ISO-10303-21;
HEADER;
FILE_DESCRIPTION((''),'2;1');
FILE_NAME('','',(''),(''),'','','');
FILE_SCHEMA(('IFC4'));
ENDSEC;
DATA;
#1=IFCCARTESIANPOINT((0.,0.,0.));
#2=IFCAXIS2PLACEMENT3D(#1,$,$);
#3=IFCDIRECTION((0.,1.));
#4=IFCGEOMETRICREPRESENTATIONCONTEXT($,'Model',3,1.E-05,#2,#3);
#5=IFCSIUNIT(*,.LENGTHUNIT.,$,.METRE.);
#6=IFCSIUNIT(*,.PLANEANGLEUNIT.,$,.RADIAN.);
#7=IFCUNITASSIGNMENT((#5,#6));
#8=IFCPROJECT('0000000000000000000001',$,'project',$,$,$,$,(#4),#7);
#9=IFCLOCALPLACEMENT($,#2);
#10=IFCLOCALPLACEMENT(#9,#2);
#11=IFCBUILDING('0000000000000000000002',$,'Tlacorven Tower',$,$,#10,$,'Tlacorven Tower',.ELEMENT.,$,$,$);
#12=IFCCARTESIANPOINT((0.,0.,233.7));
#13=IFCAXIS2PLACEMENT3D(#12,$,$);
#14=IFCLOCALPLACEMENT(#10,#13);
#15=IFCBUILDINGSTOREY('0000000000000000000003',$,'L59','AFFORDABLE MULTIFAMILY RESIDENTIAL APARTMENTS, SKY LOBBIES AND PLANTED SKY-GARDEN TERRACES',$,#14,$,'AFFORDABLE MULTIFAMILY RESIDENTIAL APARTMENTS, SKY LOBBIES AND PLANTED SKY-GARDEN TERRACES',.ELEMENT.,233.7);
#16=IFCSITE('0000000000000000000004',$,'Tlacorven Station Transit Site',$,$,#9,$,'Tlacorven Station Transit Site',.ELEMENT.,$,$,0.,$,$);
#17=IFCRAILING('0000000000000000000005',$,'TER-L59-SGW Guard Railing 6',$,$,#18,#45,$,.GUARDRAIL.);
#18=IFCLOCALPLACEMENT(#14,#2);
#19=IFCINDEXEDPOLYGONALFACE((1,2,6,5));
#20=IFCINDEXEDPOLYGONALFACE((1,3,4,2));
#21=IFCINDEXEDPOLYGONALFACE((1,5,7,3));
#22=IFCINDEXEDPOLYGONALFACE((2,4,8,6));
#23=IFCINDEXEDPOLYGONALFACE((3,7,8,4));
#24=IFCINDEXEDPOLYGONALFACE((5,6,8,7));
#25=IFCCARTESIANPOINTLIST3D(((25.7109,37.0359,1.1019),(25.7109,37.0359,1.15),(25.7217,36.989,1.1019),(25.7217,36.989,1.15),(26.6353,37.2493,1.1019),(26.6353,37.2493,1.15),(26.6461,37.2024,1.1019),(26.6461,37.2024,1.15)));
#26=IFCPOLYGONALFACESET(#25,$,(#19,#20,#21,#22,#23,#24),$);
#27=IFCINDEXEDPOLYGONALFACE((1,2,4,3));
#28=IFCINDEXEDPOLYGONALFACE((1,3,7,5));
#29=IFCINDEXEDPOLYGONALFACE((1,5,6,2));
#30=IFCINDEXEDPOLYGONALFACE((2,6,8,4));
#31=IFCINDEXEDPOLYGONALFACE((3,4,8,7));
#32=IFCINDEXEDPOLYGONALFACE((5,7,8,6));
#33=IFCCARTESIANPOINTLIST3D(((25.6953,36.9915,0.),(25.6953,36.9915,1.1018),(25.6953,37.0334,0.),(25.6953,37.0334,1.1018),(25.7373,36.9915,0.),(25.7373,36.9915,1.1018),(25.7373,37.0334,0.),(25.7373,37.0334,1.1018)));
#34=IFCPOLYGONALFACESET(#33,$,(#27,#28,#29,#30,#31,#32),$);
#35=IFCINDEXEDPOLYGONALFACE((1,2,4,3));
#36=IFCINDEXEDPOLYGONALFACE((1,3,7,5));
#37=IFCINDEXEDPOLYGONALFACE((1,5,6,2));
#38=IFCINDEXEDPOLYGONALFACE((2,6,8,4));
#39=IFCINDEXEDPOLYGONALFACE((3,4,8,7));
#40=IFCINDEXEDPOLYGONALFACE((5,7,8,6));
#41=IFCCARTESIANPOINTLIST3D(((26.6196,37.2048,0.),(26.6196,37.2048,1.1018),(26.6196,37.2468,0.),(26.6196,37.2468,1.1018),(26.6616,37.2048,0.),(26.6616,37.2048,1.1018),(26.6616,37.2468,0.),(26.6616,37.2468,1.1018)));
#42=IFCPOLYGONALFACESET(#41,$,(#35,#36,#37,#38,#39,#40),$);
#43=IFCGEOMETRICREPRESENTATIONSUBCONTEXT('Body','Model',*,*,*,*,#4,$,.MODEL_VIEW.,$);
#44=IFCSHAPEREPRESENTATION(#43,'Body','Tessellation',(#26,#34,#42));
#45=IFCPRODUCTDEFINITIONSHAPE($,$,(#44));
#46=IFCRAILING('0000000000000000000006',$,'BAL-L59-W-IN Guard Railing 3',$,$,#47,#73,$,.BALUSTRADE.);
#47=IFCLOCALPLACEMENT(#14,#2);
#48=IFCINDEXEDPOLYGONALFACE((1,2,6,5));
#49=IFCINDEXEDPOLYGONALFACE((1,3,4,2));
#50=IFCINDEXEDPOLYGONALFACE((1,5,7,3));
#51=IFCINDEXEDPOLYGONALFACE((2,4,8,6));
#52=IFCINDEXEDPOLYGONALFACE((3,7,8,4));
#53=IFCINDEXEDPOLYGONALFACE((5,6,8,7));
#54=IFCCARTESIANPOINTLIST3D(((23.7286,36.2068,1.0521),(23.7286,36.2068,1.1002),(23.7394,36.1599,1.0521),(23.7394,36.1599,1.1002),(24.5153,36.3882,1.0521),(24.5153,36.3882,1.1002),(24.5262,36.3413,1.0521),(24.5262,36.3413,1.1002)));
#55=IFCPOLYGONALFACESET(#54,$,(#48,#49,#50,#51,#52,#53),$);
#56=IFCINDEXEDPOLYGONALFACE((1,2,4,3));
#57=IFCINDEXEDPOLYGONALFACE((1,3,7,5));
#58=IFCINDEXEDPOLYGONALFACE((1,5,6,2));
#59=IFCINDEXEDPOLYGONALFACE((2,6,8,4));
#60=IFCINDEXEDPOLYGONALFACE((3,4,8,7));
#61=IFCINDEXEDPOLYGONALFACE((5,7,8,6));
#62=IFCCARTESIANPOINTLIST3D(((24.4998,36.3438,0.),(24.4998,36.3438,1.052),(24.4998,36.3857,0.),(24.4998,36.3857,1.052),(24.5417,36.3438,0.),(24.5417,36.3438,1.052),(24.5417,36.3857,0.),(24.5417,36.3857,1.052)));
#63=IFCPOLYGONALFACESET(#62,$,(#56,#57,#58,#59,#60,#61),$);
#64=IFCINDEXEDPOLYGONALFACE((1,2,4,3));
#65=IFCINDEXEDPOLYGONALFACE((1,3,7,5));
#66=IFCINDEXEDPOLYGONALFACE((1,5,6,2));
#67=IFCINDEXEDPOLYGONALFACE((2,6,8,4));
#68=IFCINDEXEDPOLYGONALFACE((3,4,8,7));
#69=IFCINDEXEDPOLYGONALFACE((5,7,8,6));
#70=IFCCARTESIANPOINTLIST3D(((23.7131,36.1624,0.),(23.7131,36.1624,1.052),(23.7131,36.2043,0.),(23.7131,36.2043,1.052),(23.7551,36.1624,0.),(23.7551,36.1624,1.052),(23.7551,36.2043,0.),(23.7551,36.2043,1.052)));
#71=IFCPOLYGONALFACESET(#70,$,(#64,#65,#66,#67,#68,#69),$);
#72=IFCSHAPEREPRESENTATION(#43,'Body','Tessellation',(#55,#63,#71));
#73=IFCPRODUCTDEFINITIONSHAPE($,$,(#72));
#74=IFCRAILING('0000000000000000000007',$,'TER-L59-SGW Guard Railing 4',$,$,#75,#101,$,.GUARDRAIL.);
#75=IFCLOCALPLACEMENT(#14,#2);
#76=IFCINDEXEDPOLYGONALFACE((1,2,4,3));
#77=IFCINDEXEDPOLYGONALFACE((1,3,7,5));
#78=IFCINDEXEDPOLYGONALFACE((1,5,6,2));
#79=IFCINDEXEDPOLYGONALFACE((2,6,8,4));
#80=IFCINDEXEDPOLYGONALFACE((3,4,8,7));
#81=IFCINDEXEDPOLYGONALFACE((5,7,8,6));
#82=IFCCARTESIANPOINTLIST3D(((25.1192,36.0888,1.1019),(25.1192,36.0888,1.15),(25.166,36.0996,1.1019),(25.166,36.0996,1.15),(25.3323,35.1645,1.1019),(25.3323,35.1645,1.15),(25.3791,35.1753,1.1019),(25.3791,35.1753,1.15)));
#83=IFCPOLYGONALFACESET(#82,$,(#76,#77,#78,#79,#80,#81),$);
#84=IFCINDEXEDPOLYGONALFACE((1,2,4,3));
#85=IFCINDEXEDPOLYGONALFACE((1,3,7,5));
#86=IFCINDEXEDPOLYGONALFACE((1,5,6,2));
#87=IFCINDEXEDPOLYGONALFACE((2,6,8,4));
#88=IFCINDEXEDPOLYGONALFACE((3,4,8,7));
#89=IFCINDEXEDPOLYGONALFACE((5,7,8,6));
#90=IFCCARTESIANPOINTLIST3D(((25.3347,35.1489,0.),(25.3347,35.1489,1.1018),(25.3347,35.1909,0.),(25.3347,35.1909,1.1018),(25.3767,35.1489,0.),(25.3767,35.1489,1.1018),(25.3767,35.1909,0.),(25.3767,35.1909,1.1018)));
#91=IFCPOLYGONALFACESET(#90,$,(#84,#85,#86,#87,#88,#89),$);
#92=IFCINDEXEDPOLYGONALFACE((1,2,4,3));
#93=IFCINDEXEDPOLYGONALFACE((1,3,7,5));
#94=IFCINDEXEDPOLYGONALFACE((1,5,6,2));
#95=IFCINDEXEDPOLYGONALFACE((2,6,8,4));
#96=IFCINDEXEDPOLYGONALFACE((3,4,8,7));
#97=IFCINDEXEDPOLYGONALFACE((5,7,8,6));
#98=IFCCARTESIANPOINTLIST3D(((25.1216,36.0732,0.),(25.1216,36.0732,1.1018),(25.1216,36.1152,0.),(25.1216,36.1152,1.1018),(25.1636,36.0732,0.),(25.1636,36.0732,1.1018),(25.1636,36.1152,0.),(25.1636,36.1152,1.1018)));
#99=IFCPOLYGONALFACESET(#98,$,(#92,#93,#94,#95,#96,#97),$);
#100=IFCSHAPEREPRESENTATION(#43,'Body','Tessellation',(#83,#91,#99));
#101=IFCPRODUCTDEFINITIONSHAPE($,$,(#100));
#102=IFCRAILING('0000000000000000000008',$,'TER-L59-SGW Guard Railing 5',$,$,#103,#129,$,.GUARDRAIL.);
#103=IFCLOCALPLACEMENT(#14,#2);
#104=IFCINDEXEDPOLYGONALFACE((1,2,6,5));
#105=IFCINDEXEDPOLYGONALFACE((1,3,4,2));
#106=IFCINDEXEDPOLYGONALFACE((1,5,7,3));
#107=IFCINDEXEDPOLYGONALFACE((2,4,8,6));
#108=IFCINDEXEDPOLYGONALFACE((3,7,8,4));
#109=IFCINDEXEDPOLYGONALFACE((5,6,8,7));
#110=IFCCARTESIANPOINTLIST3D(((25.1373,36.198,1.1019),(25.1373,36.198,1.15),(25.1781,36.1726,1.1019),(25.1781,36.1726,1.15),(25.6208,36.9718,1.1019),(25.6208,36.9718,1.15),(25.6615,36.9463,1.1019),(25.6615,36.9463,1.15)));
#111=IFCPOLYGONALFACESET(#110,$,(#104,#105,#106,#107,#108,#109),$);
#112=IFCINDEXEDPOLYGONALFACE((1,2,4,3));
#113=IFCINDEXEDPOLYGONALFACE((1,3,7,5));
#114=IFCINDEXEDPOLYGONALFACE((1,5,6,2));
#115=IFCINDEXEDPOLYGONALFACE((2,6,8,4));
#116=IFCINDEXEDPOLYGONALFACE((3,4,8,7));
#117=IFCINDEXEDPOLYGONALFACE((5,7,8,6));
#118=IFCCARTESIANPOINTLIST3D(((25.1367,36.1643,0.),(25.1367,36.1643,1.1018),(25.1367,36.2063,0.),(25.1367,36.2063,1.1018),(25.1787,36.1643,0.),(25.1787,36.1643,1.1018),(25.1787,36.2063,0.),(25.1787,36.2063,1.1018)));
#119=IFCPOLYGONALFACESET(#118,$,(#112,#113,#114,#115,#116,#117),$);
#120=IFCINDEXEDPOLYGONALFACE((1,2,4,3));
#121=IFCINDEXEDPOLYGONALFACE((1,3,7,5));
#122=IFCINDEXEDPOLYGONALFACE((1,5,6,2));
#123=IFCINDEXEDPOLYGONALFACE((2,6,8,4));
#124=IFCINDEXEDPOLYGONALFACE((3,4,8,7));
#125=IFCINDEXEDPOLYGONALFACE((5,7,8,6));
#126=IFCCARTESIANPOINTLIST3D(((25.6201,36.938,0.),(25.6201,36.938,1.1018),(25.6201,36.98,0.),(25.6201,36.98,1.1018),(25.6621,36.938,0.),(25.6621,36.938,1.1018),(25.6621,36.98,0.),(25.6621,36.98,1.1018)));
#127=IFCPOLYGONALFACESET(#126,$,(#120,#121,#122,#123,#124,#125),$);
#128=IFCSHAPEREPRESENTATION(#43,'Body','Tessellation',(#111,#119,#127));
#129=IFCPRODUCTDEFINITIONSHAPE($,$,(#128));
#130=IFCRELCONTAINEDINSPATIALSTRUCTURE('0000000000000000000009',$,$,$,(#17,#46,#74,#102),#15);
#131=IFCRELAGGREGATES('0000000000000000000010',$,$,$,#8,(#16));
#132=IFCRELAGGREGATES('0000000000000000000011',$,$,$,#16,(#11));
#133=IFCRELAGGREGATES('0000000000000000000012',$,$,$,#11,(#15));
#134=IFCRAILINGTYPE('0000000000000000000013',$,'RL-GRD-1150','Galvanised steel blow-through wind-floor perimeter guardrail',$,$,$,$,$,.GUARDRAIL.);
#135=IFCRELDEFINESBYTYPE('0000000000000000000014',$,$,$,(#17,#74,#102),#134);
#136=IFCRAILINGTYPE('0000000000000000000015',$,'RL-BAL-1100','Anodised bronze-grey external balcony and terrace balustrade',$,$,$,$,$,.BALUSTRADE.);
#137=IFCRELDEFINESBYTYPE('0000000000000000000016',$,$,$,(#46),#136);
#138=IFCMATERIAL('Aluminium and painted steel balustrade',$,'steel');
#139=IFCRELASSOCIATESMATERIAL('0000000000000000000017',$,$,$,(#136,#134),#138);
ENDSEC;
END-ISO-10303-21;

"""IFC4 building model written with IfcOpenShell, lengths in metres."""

from ifc_helpers import new_model, si_unit, direction, frame, origin, origin_2d, place, context, subcontext, project, spatial, rectangle, extrude, source, transform, mapped, material, type_object, element, save


model = new_model("IFC4")

# Units and contexts
model_context = context("Model", 3, precision=1e-05, world=origin(), true_north=direction((0.0, 1.0)))
body_context = subcontext(model_context, "Body", "Model", "MODEL_VIEW")
ifc_project = project(units=[si_unit("LENGTHUNIT", "METRE"), si_unit("PLANEANGLEUNIT", "RADIAN")], contexts=[model_context])

# Site, building, storey
site_placement = place(None, origin())
site = spatial("IfcSite", under=ifc_project, at=site_placement, Name="Tlacorven Station Transit Site", LongName="Tlacorven Station Transit Site", CompositionType="ELEMENT", RefElevation=0.0)
building_placement = place(site_placement, origin())
building = spatial("IfcBuilding", under=site, at=building_placement, Name="Tlacorven Tower", LongName="Tlacorven Tower", CompositionType="ELEMENT")
storey_placement = place(building_placement, frame((0.0, 0.0, 233.7)))
storey = spatial("IfcBuildingStorey", under=building, at=storey_placement, Name="L59", Description="AFFORDABLE MULTIFAMILY RESIDENTIAL APARTMENTS, SKY LOBBIES AND PLANTED SKY-GARDEN TERRACES", LongName="AFFORDABLE MULTIFAMILY RESIDENTIAL APARTMENTS, SKY LOBBIES AND PLANTED SKY-GARDEN TERRACES", CompositionType="ELEMENT", Elevation=233.7)

# Railings
ifc_material_1 = material(Name="Aluminium and painted steel balustrade", Category="steel")
railing_type_1 = type_object("IfcRailingType", Name="RL-BAL-1100", Description="Anodised bronze-grey external balcony and terrace balustrade", PredefinedType="BALUSTRADE", material=ifc_material_1)
railing_type_2 = type_object("IfcRailingType", Name="RL-GRD-1150", Description="Galvanised steel blow-through wind-floor perimeter guardrail", PredefinedType="GUARDRAIL", material=ifc_material_1)
shared_shape_1 = source(origin(), body_context, "Body", "SweptSolid", [
    extrude(rectangle(XDim=0.0481, YDim=0.0481, at=origin_2d()), frame((0.0, 0.0, 1.126), z_axis=(0.974374, 0.224935, 0.0), x_axis=(-0.224935, 0.974374, 0.0)), (0.0, 0.0, 1.0), 0.9487),
    extrude(rectangle(XDim=0.042, YDim=0.042, at=origin_2d()), origin(), (0.0, 0.0, 1.0), 1.1018),
    extrude(rectangle(XDim=0.042, YDim=0.042, at=origin_2d()), frame((0.9243, 0.2134, 0.0)), (0.0, 0.0, 1.0), 1.1018),
])
railing_1_placement = place(storey_placement, frame((25.7163, 37.0125, 0.0)))
element("IfcRailing", 1, at=railing_1_placement, inside=storey, type_object=railing_type_2, Name="TER-L59-SGW Guard Railing 6", PredefinedType="GUARDRAIL", context=body_context, shape_type="MappedRepresentation", body=[
    mapped(shared_shape_1, transform((0.0, 0.0, 0.0), scale=1.0)),
])
shared_shape_2 = source(origin(), body_context, "Body", "SweptSolid", [
    extrude(rectangle(XDim=0.0481, YDim=0.0481, at=origin_2d()), frame((0.0, 0.0, 1.0762), z_axis=(-0.974427, -0.224705, 0.0), x_axis=(0.224705, -0.974427, 0.0)), (0.0, 0.0, 1.0), 0.8074),
    extrude(rectangle(XDim=0.042, YDim=0.042, at=origin_2d()), origin(), (0.0, 0.0, 1.0), 1.052),
    extrude(rectangle(XDim=0.042, YDim=0.042, at=origin_2d()), frame((-0.7866, -0.1814, 0.0)), (0.0, 0.0, 1.0), 1.052),
])
railing_2_placement = place(storey_placement, frame((24.5208, 36.3647, 0.0)))
element("IfcRailing", 2, at=railing_2_placement, inside=storey, type_object=railing_type_1, Name="BAL-L59-W-IN Guard Railing 3", PredefinedType="BALUSTRADE", context=body_context, shape_type="MappedRepresentation", body=[
    mapped(shared_shape_2, transform((0.0, 0.0, 0.0), scale=1.0)),
])
shared_shape_3 = source(origin(), body_context, "Body", "SweptSolid", [
    extrude(rectangle(XDim=0.0481, YDim=0.0481, at=origin_2d()), frame((0.0, 0.0, 1.126), z_axis=(-0.22469, 0.97443, 0.0), x_axis=(-0.97443, -0.22469, 0.0)), (0.0, 0.0, 1.0), 0.9485),
    extrude(rectangle(XDim=0.042, YDim=0.042, at=origin_2d()), origin(), (0.0, 0.0, 1.0), 1.1018),
    extrude(rectangle(XDim=0.042, YDim=0.042, at=origin_2d()), frame((-0.2131, 0.9243, 0.0)), (0.0, 0.0, 1.0), 1.1018),
])
railing_3_placement = place(storey_placement, frame((25.3557, 35.1699, 0.0)))
element("IfcRailing", 3, at=railing_3_placement, inside=storey, type_object=railing_type_2, Name="TER-L59-SGW Guard Railing 4", PredefinedType="GUARDRAIL", context=body_context, shape_type="MappedRepresentation", body=[
    mapped(shared_shape_3, transform((0.0, 0.0, 0.0), scale=1.0)),
])
shared_shape_4 = source(origin(), body_context, "Body", "SweptSolid", [
    extrude(rectangle(XDim=0.0481, YDim=0.0481, at=origin_2d()), frame((0.0, 0.0, 1.126), z_axis=(0.529879, 0.848073, 0.0), x_axis=(-0.848073, 0.529879, 0.0)), (0.0, 0.0, 1.0), 0.9124),
    extrude(rectangle(XDim=0.042, YDim=0.042, at=origin_2d()), origin(), (0.0, 0.0, 1.0), 1.1018),
    extrude(rectangle(XDim=0.042, YDim=0.042, at=origin_2d()), frame((0.4834, 0.7737, 0.0)), (0.0, 0.0, 1.0), 1.1018),
])
railing_4_placement = place(storey_placement, frame((25.1577, 36.1853, 0.0)))
element("IfcRailing", 4, at=railing_4_placement, inside=storey, type_object=railing_type_2, Name="TER-L59-SGW Guard Railing 5", PredefinedType="GUARDRAIL", context=body_context, shape_type="MappedRepresentation", body=[
    mapped(shared_shape_4, transform((0.0, 0.0, 0.0), scale=1.0)),
])

save(model, "model.ifc")
